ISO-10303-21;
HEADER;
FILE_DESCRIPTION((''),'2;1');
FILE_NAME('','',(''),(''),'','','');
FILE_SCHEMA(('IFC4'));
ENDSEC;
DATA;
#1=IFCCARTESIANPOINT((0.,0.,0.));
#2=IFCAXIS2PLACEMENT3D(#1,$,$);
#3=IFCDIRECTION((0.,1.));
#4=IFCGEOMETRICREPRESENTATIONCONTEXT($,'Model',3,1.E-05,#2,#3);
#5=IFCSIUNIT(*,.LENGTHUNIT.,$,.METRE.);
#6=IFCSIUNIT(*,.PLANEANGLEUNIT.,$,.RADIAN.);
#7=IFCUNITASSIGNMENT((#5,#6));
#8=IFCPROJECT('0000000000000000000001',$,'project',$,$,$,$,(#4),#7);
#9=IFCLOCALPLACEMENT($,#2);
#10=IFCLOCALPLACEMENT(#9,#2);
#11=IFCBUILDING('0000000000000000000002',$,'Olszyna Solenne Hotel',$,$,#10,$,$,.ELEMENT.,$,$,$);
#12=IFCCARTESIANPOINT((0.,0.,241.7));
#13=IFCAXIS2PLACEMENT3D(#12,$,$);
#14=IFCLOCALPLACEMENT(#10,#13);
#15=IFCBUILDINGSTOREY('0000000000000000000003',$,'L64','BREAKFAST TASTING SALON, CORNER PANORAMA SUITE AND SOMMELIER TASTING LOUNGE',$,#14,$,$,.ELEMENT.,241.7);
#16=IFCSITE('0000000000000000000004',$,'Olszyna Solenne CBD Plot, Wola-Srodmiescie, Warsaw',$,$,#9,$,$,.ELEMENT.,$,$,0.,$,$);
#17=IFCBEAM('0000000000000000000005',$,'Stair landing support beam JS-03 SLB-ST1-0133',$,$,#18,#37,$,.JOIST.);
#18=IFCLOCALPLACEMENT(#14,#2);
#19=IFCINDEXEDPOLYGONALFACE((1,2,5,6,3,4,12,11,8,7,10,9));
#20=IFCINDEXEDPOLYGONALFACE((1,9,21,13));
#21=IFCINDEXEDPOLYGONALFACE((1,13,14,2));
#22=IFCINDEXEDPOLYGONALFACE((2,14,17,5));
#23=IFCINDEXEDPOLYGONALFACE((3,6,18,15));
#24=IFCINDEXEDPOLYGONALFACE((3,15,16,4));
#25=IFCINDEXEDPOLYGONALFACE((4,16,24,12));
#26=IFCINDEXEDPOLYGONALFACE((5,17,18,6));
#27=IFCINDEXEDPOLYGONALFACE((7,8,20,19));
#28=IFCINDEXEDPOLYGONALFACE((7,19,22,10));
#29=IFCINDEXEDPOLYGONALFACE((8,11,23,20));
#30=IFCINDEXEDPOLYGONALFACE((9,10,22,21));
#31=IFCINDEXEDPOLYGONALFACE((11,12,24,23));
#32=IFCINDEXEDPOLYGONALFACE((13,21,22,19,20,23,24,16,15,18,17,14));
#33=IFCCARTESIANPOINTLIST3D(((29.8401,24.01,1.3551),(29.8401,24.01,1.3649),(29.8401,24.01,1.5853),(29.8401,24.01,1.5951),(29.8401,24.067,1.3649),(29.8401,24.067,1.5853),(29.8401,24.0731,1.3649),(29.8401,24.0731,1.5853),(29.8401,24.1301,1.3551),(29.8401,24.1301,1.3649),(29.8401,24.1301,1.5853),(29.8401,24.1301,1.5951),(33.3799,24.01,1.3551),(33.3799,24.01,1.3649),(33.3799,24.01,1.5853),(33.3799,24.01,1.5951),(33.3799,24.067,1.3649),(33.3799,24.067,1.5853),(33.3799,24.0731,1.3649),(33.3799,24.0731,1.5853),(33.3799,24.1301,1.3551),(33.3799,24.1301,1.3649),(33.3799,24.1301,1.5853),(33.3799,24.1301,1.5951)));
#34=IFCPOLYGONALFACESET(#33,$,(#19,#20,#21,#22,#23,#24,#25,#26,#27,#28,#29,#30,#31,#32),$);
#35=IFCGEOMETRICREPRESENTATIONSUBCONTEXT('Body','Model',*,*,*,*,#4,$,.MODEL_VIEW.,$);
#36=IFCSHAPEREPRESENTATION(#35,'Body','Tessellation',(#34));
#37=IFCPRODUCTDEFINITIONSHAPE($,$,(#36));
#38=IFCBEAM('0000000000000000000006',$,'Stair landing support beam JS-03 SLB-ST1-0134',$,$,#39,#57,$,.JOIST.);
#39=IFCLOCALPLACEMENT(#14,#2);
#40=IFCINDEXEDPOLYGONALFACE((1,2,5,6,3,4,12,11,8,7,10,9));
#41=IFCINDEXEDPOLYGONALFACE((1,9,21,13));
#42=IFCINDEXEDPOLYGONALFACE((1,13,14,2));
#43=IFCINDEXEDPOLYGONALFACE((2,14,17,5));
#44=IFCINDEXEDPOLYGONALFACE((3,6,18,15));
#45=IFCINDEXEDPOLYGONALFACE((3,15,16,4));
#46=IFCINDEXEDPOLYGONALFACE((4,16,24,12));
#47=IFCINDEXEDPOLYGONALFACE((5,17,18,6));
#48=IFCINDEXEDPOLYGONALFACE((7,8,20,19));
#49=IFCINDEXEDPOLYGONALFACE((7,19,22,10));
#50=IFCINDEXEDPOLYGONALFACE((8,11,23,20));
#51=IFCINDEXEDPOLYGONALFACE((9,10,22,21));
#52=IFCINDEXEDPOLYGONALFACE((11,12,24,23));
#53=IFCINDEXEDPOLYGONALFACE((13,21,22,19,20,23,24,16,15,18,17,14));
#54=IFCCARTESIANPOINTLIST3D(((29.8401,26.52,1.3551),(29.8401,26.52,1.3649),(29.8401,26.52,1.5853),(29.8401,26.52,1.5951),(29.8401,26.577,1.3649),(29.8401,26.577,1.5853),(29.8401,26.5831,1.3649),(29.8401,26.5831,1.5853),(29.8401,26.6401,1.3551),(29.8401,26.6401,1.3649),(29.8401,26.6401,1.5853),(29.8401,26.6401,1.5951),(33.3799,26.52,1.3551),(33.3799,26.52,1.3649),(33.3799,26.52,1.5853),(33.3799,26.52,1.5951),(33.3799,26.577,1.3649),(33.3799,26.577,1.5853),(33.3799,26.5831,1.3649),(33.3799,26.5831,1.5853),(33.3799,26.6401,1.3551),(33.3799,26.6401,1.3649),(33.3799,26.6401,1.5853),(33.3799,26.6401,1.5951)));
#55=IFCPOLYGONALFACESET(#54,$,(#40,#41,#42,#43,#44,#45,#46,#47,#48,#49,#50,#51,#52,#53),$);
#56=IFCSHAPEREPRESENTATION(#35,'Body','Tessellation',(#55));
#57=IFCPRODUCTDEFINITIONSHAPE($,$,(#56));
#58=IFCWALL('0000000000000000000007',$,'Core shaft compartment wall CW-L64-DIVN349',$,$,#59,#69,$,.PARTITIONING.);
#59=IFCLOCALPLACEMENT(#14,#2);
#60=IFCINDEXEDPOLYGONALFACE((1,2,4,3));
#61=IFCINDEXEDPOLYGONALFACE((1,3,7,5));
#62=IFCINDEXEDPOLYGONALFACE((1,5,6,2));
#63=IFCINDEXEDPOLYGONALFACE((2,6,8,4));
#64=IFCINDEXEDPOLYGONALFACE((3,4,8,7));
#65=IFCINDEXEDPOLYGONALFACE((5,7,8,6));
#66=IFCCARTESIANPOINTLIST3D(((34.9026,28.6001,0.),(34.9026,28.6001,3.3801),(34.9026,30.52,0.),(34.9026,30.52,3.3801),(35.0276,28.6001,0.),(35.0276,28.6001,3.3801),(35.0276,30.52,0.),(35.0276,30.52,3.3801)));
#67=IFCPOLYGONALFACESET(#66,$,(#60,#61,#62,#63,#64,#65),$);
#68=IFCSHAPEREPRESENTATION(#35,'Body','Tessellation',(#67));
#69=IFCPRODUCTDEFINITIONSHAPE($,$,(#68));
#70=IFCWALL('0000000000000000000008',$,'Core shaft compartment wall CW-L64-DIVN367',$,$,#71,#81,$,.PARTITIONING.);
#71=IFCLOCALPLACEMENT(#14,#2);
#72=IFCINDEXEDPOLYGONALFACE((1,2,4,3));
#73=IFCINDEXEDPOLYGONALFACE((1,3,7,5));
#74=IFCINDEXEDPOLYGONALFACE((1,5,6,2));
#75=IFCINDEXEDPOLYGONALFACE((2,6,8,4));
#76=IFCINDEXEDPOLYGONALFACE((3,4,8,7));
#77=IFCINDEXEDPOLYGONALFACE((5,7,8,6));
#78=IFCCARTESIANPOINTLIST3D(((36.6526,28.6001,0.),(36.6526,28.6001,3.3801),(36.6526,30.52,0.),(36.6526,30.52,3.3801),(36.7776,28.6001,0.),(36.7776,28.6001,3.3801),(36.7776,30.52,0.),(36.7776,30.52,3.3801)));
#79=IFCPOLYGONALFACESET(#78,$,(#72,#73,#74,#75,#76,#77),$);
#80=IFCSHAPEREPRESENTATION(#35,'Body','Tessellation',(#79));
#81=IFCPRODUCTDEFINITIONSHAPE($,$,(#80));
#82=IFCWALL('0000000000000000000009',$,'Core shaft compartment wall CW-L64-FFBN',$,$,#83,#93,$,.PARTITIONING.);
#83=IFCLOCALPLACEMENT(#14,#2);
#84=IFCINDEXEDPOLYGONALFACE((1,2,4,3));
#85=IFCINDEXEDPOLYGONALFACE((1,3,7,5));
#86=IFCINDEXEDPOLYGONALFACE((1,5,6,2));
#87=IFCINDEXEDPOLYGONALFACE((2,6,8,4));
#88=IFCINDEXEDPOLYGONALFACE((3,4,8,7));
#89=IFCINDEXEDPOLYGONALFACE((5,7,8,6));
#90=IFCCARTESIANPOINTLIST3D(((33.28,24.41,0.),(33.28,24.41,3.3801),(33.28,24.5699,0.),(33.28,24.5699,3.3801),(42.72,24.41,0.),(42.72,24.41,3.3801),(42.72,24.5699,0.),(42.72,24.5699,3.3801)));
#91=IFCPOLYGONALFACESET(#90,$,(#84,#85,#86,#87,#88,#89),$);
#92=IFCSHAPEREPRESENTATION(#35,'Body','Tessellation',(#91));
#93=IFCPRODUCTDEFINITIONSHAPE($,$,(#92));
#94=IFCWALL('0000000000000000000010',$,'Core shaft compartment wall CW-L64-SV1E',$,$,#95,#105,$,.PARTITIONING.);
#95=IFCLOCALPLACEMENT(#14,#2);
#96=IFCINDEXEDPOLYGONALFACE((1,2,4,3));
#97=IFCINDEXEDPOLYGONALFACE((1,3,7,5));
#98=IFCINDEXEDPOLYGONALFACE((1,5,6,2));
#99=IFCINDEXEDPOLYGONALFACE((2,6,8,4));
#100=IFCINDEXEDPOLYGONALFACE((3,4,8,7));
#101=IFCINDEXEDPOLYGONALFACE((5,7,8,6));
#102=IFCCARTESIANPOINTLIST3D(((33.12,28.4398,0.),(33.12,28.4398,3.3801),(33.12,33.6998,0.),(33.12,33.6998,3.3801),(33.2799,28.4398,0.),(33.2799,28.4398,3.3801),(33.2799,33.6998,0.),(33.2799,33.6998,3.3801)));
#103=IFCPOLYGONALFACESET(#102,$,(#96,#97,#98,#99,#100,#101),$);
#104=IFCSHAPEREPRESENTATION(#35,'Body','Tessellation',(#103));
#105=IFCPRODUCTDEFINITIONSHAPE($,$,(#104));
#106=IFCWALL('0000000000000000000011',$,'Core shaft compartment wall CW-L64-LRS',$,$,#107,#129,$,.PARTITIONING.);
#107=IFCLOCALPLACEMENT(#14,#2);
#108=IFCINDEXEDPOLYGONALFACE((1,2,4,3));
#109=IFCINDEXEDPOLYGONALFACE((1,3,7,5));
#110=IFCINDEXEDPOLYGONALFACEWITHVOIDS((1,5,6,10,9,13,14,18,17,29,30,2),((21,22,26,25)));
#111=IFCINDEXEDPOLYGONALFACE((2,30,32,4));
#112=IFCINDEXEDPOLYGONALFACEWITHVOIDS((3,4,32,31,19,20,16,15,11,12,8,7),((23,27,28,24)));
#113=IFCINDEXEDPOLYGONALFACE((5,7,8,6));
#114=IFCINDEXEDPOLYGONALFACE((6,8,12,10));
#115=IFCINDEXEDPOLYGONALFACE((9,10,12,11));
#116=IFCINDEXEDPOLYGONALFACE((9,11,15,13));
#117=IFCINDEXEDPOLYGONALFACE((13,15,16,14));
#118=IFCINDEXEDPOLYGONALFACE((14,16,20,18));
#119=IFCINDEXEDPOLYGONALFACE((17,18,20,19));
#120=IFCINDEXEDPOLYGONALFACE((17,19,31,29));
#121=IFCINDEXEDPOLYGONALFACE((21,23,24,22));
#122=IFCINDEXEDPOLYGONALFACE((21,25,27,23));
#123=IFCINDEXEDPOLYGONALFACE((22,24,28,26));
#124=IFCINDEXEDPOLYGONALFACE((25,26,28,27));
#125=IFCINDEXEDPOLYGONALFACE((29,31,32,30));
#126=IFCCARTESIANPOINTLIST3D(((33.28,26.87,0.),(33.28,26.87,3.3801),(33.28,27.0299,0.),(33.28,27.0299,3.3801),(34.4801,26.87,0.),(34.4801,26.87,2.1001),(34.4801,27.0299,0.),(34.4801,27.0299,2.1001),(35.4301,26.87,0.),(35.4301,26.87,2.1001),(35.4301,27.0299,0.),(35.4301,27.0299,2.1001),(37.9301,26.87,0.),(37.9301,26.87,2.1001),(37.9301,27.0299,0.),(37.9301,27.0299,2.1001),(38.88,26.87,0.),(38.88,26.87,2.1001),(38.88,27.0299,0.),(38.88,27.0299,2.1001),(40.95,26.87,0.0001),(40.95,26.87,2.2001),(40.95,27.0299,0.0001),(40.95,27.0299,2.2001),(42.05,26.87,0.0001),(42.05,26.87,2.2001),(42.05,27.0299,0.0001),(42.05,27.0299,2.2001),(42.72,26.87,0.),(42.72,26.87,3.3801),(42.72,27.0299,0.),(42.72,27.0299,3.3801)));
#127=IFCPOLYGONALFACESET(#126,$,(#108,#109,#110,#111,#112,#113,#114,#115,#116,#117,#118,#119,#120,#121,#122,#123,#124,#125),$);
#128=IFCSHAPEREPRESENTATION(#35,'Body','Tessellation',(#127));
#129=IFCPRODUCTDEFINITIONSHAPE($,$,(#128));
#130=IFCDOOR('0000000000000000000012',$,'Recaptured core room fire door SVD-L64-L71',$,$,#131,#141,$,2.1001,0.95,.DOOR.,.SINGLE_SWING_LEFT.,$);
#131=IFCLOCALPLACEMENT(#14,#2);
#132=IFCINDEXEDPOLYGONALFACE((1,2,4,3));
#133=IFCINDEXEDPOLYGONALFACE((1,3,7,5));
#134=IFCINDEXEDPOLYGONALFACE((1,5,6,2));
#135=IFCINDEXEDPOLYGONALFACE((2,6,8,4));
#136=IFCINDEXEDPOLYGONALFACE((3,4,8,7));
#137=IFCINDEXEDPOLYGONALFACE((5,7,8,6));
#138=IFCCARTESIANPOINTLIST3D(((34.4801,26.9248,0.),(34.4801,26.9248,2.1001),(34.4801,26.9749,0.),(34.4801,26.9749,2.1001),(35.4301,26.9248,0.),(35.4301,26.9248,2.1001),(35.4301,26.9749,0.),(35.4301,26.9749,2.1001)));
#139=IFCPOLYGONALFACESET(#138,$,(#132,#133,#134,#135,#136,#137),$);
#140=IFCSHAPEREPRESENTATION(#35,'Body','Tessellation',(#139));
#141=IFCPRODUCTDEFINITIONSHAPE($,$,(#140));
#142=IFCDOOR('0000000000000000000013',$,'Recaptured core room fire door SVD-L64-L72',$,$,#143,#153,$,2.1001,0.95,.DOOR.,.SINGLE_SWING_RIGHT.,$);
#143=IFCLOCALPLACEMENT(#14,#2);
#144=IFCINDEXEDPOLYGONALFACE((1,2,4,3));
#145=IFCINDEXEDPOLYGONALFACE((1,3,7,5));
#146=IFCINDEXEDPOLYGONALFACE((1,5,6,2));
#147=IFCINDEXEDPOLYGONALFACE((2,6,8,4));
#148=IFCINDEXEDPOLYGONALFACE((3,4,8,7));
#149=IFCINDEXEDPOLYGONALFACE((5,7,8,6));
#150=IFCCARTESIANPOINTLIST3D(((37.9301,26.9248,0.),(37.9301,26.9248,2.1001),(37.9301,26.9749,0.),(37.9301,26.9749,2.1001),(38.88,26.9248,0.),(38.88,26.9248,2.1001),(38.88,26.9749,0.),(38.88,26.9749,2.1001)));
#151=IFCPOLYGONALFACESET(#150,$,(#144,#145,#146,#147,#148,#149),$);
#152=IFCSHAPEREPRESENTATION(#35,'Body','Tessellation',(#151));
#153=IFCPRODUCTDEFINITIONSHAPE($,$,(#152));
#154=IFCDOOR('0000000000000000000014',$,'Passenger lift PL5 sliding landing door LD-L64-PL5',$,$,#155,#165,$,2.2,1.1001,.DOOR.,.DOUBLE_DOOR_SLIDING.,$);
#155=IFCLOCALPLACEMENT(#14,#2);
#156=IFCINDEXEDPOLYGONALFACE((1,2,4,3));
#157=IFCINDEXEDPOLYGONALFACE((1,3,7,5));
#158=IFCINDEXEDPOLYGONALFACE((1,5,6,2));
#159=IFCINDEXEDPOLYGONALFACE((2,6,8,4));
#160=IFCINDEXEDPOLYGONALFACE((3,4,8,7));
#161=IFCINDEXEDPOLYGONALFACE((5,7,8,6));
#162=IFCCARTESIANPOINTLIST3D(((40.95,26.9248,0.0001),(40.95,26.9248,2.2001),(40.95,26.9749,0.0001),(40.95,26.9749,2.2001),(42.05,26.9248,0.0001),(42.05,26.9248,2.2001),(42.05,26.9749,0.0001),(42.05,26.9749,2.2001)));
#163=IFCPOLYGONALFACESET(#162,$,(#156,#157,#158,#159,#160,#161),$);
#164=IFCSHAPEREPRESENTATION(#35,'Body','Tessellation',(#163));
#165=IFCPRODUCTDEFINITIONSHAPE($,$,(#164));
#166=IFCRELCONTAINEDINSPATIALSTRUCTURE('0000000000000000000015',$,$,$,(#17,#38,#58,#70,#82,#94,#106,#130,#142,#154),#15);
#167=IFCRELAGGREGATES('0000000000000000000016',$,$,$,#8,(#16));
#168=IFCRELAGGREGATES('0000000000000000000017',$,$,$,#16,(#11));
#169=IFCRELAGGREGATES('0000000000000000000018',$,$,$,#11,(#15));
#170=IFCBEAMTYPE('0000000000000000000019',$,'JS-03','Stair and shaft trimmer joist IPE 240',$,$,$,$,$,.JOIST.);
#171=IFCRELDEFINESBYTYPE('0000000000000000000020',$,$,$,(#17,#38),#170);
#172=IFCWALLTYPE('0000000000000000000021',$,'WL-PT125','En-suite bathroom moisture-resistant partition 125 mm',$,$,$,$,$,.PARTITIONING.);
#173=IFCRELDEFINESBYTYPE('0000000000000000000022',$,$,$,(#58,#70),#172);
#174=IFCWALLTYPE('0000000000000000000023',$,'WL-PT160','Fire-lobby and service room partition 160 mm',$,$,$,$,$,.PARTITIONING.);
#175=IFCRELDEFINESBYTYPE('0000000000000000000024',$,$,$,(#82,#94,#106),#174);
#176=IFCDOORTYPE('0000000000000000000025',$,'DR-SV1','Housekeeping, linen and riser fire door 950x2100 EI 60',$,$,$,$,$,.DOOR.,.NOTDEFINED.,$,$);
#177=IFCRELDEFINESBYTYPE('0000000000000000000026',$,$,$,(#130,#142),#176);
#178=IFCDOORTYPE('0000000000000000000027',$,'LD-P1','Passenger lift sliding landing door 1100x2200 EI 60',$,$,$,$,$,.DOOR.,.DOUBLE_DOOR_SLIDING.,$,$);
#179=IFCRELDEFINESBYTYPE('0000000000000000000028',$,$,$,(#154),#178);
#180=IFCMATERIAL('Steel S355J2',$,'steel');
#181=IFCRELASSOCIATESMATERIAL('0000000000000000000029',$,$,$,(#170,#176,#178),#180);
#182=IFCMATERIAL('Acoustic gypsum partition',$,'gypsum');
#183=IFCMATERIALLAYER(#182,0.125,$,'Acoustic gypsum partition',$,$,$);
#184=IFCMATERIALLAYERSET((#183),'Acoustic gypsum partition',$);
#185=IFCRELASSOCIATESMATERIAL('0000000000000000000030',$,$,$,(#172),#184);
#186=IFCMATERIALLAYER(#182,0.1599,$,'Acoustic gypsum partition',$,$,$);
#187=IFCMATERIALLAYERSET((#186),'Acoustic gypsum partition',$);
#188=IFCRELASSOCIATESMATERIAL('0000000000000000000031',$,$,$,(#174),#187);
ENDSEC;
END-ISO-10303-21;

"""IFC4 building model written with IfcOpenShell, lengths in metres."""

from ifc_helpers import new_model, si_unit, direction, frame, frame_2d, origin, origin_2d, place, context, subcontext, project, spatial, rectangle, i_section, extrude, source, transform, mapped, material, layer, layer_set, material_profile, profile_set, type_object, type_shapes, element, fill, save


model = new_model("IFC4")

# Units and contexts
model_context = context("Model", 3, precision=1e-05, world=origin(), true_north=direction((0.0, 1.0)))
body_context = subcontext(model_context, "Body", "Model", "MODEL_VIEW")
ifc_project = project(units=[si_unit("LENGTHUNIT", "METRE"), si_unit("PLANEANGLEUNIT", "RADIAN")], contexts=[model_context])

# Site, building, storey
site_placement = place(None, origin())
site = spatial("IfcSite", under=ifc_project, at=site_placement, Name="Olszyna Solenne CBD Plot, Wola-Srodmiescie, Warsaw", CompositionType="ELEMENT", RefElevation=0.0)
building_placement = place(site_placement, origin())
building = spatial("IfcBuilding", under=site, at=building_placement, Name="Olszyna Solenne Hotel", CompositionType="ELEMENT")
storey_placement = place(building_placement, frame((0.0, 0.0, 241.7)))
storey = spatial("IfcBuildingStorey", under=building, at=storey_placement, Name="L64", Description="BREAKFAST TASTING SALON, CORNER PANORAMA SUITE AND SOMMELIER TASTING LOUNGE", CompositionType="ELEMENT", Elevation=241.7)

# Beams
ifc_material_1 = material(Name="Steel S355J2", Category="steel")
ifc_material_profile = material_profile(ifc_material_1, i_section(OverallWidth=0.1201, OverallDepth=0.24, WebThickness=0.0061, FlangeThickness=0.0098, at=origin_2d()), Name="IPE 240", Category="load-bearing")
ifc_profile_set = profile_set([ifc_material_profile], Name="Steel S355J2")
beam_type = type_object("IfcBeamType", Name="JS-03", Description="Stair and shaft trimmer joist IPE 240", PredefinedType="JOIST", material=ifc_profile_set)
shared_shape_1 = source(origin(), body_context, "Body", "SweptSolid", [
    extrude(i_section(OverallWidth=0.1201, OverallDepth=0.24, WebThickness=0.0061, FlangeThickness=0.0098, at=origin_2d()), origin(), (0.0, 0.0, 1.0), 3.5398),
])
for number, where, z_axis, x_axis, name in (
    (1, (33.3799, 24.0701, 1.4751), (-1.0, 0.0, 0.0), (0.0, -1.0, 0.0), "Stair landing support beam JS-03 SLB-ST1-0133"),
    (2, (33.3799, 26.5801, 1.4751), (-1.0, 0.0, 0.0), (0.0, -1.0, 0.0), "Stair landing support beam JS-03 SLB-ST1-0134"),
):
    element("IfcBeam", number, at=place(storey_placement, frame(where, z_axis=z_axis, x_axis=x_axis)), inside=storey, type_object=beam_type, Name=name, PredefinedType="JOIST", context=body_context, shape_type="MappedRepresentation", body=[
        mapped(shared_shape_1, transform((0.0, 0.0, 0.0), x_axis=(1.0, 0.0, 0.0), y_axis=(0.0, 1.0, 0.0), z_axis=(0.0, 0.0, 1.0), scale=1.0)),
    ])

# Walls
ifc_material_2 = material(Name="Acoustic gypsum partition", Category="gypsum")
ifc_layer_1 = layer(ifc_material_2, 0.125, Name="Acoustic gypsum partition")
ifc_layer_set_1 = layer_set([ifc_layer_1], Name="Acoustic gypsum partition")
wall_type_1 = type_object("IfcWallType", Name="WL-PT125", Description="En-suite bathroom moisture-resistant partition 125 mm", PredefinedType="PARTITIONING", material=ifc_layer_set_1)
for number, where, z_axis, x_axis, name in (
    (3, (34.9651, 28.6001, 0.0), (0.0, 0.0, 1.0), (0.0, 1.0, 0.0), "Core shaft compartment wall CW-L64-DIVN349"),
    (4, (36.7151, 28.6001, 0.0), (0.0, 0.0, 1.0), (0.0, 1.0, 0.0), "Core shaft compartment wall CW-L64-DIVN367"),
):
    element("IfcWall", number, at=place(storey_placement, frame(where, z_axis=z_axis, x_axis=x_axis)), inside=storey, type_object=wall_type_1, Name=name, PredefinedType="PARTITIONING", context=body_context, shape_type="SweptSolid", body=[
        extrude(rectangle(XDim=1.9199, YDim=0.125, at=frame_2d((0.96, 0.0))), origin(), (0.0, 0.0, 1.0), 3.3801),
    ])
ifc_layer_2 = layer(ifc_material_2, 0.1599, Name="Acoustic gypsum partition")
ifc_layer_set_2 = layer_set([ifc_layer_2], Name="Acoustic gypsum partition")
wall_type_2 = type_object("IfcWallType", Name="WL-PT160", Description="Fire-lobby and service room partition 160 mm", PredefinedType="PARTITIONING", material=ifc_layer_set_2)
wall_1_placement = place(storey_placement, frame((33.28, 24.49, 0.0), z_axis=(0.0, 0.0, 1.0), x_axis=(1.0, 0.0, 0.0)))
element("IfcWall", 5, at=wall_1_placement, inside=storey, type_object=wall_type_2, Name="Core shaft compartment wall CW-L64-FFBN", PredefinedType="PARTITIONING", context=body_context, shape_type="SweptSolid", body=[
    extrude(rectangle(XDim=9.4399, YDim=0.1599, at=frame_2d((4.72, 0.0))), origin(), (0.0, 0.0, 1.0), 3.3801),
])
wall_2_placement = place(storey_placement, frame((33.2, 28.4399, 0.0), z_axis=(0.0, 0.0, 1.0), x_axis=(0.0, 1.0, 0.0)))
element("IfcWall", 6, at=wall_2_placement, inside=storey, type_object=wall_type_2, Name="Core shaft compartment wall CW-L64-SV1E", PredefinedType="PARTITIONING", context=body_context, shape_type="SweptSolid", body=[
    extrude(rectangle(XDim=5.26, YDim=0.1599, at=frame_2d((2.6299, 0.0))), origin(), (0.0, 0.0, 1.0), 3.3801),
])

# Wall, openings, doors
wall_3_placement = place(storey_placement, frame((33.28, 26.95, 0.0), z_axis=(0.0, 0.0, 1.0), x_axis=(1.0, 0.0, 0.0)))
wall_3 = element("IfcWall", 7, at=wall_3_placement, inside=storey, type_object=wall_type_2, Name="Core shaft compartment wall CW-L64-LRS", PredefinedType="PARTITIONING", context=body_context, shape_type="SweptSolid", body=[
    extrude(rectangle(XDim=9.4399, YDim=0.1599, at=frame_2d((4.72, 0.0))), origin(), (0.0, 0.0, 1.0), 3.3801),
])
opening_1_placement = place(wall_3_placement, frame((1.2, 0.0, 0.0)))
opening_1 = element("IfcOpeningElement", 8, at=opening_1_placement, cuts=wall_3, PredefinedType="OPENING", context=body_context, shape_type="SweptSolid", body=[
    extrude(rectangle(XDim=0.95, YDim=2.1001, at=frame_2d((0.4751, 1.05))), frame((0.0, 0.0898, 0.0), z_axis=(0.0, -1.0, 0.0), x_axis=(1.0, 0.0, 0.0)), (0.0, 0.0, 1.0), 0.1799),
])
opening_2_placement = place(wall_3_placement, frame((4.6499, 0.0, 0.0)))
opening_2 = element("IfcOpeningElement", 9, at=opening_2_placement, cuts=wall_3, PredefinedType="OPENING", context=body_context, shape_type="SweptSolid", body=[
    extrude(rectangle(XDim=0.95, YDim=2.1001, at=frame_2d((0.4751, 1.05))), frame((0.0, 0.0898, 0.0), z_axis=(0.0, -1.0, 0.0), x_axis=(1.0, 0.0, 0.0)), (0.0, 0.0, 1.0), 0.1799),
])
opening_3_placement = place(wall_3_placement, frame((7.6699, 0.0, 0.0)))
opening_3 = element("IfcOpeningElement", 10, at=opening_3_placement, cuts=wall_3, PredefinedType="OPENING", context=body_context, shape_type="SweptSolid", body=[
    extrude(rectangle(XDim=1.1001, YDim=2.2, at=frame_2d((0.55, 1.1001))), frame((0.0, 0.0898, 0.0), z_axis=(0.0, -1.0, 0.0), x_axis=(1.0, 0.0, 0.0)), (0.0, 0.0, 1.0), 0.1799),
])
door_type_1 = type_object("IfcDoorType", Name="DR-SV1", Description="Housekeeping, linen and riser fire door 950x2100 EI 60", OperationType="NOTDEFINED", PredefinedType="DOOR", material=ifc_material_1)
shared_shape_2 = source(origin(), body_context, "Body", "SweptSolid", [
    extrude(rectangle(XDim=0.95, YDim=2.1001, at=frame_2d((0.4751, 1.05))), frame((0.0, 0.0249, 0.0), z_axis=(0.0, -1.0, 0.0), x_axis=(1.0, 0.0, 0.0)), (0.0, 0.0, 1.0), 0.05),
])
type_shapes(door_type_1, [shared_shape_2])
door_1_placement = place(opening_1_placement, origin())
door_1 = element("IfcDoor", 11, at=door_1_placement, inside=storey, type_object=door_type_1, Name="Recaptured core room fire door SVD-L64-L71", OperationType="SINGLE_SWING_LEFT", OverallHeight=2.1001, OverallWidth=0.95, PredefinedType="DOOR", context=body_context, shape_type="MappedRepresentation", body=[
    mapped(shared_shape_2, transform((0.0, 0.0, 0.0), x_axis=(1.0, 0.0, 0.0), y_axis=(0.0, 1.0, 0.0), z_axis=(0.0, 0.0, 1.0), scale=1.0)),
])
fill(opening_1, door_1)
door_2_placement = place(opening_2_placement, origin())
door_2 = element("IfcDoor", 12, at=door_2_placement, inside=storey, type_object=door_type_1, Name="Recaptured core room fire door SVD-L64-L72", OperationType="SINGLE_SWING_RIGHT", OverallHeight=2.1001, OverallWidth=0.95, PredefinedType="DOOR", context=body_context, shape_type="MappedRepresentation", body=[
    mapped(shared_shape_2, transform((0.0, 0.0, 0.0), x_axis=(1.0, 0.0, 0.0), y_axis=(0.0, 1.0, 0.0), z_axis=(0.0, 0.0, 1.0), scale=1.0)),
])
fill(opening_2, door_2)
door_type_2 = type_object("IfcDoorType", Name="LD-P1", Description="Passenger lift sliding landing door 1100x2200 EI 60", OperationType="DOUBLE_DOOR_SLIDING", PredefinedType="DOOR", material=ifc_material_1)
shared_shape_3 = source(origin(), body_context, "Body", "SweptSolid", [
    extrude(rectangle(XDim=1.1001, YDim=2.2, at=frame_2d((0.55, 1.1001))), frame((0.0, 0.0249, 0.0), z_axis=(0.0, -1.0, 0.0), x_axis=(1.0, 0.0, 0.0)), (0.0, 0.0, 1.0), 0.05),
])
type_shapes(door_type_2, [shared_shape_3])
door_3_placement = place(opening_3_placement, origin())
door_3 = element("IfcDoor", 13, at=door_3_placement, inside=storey, type_object=door_type_2, Name="Passenger lift PL5 sliding landing door LD-L64-PL5", OperationType="DOUBLE_DOOR_SLIDING", OverallHeight=2.2, OverallWidth=1.1001, PredefinedType="DOOR", context=body_context, shape_type="MappedRepresentation", body=[
    mapped(shared_shape_3, transform((0.0, 0.0, 0.0), x_axis=(1.0, 0.0, 0.0), y_axis=(0.0, 1.0, 0.0), z_axis=(0.0, 0.0, 1.0), scale=1.0)),
])
fill(opening_3, door_3)

save(model, "model.ifc")
